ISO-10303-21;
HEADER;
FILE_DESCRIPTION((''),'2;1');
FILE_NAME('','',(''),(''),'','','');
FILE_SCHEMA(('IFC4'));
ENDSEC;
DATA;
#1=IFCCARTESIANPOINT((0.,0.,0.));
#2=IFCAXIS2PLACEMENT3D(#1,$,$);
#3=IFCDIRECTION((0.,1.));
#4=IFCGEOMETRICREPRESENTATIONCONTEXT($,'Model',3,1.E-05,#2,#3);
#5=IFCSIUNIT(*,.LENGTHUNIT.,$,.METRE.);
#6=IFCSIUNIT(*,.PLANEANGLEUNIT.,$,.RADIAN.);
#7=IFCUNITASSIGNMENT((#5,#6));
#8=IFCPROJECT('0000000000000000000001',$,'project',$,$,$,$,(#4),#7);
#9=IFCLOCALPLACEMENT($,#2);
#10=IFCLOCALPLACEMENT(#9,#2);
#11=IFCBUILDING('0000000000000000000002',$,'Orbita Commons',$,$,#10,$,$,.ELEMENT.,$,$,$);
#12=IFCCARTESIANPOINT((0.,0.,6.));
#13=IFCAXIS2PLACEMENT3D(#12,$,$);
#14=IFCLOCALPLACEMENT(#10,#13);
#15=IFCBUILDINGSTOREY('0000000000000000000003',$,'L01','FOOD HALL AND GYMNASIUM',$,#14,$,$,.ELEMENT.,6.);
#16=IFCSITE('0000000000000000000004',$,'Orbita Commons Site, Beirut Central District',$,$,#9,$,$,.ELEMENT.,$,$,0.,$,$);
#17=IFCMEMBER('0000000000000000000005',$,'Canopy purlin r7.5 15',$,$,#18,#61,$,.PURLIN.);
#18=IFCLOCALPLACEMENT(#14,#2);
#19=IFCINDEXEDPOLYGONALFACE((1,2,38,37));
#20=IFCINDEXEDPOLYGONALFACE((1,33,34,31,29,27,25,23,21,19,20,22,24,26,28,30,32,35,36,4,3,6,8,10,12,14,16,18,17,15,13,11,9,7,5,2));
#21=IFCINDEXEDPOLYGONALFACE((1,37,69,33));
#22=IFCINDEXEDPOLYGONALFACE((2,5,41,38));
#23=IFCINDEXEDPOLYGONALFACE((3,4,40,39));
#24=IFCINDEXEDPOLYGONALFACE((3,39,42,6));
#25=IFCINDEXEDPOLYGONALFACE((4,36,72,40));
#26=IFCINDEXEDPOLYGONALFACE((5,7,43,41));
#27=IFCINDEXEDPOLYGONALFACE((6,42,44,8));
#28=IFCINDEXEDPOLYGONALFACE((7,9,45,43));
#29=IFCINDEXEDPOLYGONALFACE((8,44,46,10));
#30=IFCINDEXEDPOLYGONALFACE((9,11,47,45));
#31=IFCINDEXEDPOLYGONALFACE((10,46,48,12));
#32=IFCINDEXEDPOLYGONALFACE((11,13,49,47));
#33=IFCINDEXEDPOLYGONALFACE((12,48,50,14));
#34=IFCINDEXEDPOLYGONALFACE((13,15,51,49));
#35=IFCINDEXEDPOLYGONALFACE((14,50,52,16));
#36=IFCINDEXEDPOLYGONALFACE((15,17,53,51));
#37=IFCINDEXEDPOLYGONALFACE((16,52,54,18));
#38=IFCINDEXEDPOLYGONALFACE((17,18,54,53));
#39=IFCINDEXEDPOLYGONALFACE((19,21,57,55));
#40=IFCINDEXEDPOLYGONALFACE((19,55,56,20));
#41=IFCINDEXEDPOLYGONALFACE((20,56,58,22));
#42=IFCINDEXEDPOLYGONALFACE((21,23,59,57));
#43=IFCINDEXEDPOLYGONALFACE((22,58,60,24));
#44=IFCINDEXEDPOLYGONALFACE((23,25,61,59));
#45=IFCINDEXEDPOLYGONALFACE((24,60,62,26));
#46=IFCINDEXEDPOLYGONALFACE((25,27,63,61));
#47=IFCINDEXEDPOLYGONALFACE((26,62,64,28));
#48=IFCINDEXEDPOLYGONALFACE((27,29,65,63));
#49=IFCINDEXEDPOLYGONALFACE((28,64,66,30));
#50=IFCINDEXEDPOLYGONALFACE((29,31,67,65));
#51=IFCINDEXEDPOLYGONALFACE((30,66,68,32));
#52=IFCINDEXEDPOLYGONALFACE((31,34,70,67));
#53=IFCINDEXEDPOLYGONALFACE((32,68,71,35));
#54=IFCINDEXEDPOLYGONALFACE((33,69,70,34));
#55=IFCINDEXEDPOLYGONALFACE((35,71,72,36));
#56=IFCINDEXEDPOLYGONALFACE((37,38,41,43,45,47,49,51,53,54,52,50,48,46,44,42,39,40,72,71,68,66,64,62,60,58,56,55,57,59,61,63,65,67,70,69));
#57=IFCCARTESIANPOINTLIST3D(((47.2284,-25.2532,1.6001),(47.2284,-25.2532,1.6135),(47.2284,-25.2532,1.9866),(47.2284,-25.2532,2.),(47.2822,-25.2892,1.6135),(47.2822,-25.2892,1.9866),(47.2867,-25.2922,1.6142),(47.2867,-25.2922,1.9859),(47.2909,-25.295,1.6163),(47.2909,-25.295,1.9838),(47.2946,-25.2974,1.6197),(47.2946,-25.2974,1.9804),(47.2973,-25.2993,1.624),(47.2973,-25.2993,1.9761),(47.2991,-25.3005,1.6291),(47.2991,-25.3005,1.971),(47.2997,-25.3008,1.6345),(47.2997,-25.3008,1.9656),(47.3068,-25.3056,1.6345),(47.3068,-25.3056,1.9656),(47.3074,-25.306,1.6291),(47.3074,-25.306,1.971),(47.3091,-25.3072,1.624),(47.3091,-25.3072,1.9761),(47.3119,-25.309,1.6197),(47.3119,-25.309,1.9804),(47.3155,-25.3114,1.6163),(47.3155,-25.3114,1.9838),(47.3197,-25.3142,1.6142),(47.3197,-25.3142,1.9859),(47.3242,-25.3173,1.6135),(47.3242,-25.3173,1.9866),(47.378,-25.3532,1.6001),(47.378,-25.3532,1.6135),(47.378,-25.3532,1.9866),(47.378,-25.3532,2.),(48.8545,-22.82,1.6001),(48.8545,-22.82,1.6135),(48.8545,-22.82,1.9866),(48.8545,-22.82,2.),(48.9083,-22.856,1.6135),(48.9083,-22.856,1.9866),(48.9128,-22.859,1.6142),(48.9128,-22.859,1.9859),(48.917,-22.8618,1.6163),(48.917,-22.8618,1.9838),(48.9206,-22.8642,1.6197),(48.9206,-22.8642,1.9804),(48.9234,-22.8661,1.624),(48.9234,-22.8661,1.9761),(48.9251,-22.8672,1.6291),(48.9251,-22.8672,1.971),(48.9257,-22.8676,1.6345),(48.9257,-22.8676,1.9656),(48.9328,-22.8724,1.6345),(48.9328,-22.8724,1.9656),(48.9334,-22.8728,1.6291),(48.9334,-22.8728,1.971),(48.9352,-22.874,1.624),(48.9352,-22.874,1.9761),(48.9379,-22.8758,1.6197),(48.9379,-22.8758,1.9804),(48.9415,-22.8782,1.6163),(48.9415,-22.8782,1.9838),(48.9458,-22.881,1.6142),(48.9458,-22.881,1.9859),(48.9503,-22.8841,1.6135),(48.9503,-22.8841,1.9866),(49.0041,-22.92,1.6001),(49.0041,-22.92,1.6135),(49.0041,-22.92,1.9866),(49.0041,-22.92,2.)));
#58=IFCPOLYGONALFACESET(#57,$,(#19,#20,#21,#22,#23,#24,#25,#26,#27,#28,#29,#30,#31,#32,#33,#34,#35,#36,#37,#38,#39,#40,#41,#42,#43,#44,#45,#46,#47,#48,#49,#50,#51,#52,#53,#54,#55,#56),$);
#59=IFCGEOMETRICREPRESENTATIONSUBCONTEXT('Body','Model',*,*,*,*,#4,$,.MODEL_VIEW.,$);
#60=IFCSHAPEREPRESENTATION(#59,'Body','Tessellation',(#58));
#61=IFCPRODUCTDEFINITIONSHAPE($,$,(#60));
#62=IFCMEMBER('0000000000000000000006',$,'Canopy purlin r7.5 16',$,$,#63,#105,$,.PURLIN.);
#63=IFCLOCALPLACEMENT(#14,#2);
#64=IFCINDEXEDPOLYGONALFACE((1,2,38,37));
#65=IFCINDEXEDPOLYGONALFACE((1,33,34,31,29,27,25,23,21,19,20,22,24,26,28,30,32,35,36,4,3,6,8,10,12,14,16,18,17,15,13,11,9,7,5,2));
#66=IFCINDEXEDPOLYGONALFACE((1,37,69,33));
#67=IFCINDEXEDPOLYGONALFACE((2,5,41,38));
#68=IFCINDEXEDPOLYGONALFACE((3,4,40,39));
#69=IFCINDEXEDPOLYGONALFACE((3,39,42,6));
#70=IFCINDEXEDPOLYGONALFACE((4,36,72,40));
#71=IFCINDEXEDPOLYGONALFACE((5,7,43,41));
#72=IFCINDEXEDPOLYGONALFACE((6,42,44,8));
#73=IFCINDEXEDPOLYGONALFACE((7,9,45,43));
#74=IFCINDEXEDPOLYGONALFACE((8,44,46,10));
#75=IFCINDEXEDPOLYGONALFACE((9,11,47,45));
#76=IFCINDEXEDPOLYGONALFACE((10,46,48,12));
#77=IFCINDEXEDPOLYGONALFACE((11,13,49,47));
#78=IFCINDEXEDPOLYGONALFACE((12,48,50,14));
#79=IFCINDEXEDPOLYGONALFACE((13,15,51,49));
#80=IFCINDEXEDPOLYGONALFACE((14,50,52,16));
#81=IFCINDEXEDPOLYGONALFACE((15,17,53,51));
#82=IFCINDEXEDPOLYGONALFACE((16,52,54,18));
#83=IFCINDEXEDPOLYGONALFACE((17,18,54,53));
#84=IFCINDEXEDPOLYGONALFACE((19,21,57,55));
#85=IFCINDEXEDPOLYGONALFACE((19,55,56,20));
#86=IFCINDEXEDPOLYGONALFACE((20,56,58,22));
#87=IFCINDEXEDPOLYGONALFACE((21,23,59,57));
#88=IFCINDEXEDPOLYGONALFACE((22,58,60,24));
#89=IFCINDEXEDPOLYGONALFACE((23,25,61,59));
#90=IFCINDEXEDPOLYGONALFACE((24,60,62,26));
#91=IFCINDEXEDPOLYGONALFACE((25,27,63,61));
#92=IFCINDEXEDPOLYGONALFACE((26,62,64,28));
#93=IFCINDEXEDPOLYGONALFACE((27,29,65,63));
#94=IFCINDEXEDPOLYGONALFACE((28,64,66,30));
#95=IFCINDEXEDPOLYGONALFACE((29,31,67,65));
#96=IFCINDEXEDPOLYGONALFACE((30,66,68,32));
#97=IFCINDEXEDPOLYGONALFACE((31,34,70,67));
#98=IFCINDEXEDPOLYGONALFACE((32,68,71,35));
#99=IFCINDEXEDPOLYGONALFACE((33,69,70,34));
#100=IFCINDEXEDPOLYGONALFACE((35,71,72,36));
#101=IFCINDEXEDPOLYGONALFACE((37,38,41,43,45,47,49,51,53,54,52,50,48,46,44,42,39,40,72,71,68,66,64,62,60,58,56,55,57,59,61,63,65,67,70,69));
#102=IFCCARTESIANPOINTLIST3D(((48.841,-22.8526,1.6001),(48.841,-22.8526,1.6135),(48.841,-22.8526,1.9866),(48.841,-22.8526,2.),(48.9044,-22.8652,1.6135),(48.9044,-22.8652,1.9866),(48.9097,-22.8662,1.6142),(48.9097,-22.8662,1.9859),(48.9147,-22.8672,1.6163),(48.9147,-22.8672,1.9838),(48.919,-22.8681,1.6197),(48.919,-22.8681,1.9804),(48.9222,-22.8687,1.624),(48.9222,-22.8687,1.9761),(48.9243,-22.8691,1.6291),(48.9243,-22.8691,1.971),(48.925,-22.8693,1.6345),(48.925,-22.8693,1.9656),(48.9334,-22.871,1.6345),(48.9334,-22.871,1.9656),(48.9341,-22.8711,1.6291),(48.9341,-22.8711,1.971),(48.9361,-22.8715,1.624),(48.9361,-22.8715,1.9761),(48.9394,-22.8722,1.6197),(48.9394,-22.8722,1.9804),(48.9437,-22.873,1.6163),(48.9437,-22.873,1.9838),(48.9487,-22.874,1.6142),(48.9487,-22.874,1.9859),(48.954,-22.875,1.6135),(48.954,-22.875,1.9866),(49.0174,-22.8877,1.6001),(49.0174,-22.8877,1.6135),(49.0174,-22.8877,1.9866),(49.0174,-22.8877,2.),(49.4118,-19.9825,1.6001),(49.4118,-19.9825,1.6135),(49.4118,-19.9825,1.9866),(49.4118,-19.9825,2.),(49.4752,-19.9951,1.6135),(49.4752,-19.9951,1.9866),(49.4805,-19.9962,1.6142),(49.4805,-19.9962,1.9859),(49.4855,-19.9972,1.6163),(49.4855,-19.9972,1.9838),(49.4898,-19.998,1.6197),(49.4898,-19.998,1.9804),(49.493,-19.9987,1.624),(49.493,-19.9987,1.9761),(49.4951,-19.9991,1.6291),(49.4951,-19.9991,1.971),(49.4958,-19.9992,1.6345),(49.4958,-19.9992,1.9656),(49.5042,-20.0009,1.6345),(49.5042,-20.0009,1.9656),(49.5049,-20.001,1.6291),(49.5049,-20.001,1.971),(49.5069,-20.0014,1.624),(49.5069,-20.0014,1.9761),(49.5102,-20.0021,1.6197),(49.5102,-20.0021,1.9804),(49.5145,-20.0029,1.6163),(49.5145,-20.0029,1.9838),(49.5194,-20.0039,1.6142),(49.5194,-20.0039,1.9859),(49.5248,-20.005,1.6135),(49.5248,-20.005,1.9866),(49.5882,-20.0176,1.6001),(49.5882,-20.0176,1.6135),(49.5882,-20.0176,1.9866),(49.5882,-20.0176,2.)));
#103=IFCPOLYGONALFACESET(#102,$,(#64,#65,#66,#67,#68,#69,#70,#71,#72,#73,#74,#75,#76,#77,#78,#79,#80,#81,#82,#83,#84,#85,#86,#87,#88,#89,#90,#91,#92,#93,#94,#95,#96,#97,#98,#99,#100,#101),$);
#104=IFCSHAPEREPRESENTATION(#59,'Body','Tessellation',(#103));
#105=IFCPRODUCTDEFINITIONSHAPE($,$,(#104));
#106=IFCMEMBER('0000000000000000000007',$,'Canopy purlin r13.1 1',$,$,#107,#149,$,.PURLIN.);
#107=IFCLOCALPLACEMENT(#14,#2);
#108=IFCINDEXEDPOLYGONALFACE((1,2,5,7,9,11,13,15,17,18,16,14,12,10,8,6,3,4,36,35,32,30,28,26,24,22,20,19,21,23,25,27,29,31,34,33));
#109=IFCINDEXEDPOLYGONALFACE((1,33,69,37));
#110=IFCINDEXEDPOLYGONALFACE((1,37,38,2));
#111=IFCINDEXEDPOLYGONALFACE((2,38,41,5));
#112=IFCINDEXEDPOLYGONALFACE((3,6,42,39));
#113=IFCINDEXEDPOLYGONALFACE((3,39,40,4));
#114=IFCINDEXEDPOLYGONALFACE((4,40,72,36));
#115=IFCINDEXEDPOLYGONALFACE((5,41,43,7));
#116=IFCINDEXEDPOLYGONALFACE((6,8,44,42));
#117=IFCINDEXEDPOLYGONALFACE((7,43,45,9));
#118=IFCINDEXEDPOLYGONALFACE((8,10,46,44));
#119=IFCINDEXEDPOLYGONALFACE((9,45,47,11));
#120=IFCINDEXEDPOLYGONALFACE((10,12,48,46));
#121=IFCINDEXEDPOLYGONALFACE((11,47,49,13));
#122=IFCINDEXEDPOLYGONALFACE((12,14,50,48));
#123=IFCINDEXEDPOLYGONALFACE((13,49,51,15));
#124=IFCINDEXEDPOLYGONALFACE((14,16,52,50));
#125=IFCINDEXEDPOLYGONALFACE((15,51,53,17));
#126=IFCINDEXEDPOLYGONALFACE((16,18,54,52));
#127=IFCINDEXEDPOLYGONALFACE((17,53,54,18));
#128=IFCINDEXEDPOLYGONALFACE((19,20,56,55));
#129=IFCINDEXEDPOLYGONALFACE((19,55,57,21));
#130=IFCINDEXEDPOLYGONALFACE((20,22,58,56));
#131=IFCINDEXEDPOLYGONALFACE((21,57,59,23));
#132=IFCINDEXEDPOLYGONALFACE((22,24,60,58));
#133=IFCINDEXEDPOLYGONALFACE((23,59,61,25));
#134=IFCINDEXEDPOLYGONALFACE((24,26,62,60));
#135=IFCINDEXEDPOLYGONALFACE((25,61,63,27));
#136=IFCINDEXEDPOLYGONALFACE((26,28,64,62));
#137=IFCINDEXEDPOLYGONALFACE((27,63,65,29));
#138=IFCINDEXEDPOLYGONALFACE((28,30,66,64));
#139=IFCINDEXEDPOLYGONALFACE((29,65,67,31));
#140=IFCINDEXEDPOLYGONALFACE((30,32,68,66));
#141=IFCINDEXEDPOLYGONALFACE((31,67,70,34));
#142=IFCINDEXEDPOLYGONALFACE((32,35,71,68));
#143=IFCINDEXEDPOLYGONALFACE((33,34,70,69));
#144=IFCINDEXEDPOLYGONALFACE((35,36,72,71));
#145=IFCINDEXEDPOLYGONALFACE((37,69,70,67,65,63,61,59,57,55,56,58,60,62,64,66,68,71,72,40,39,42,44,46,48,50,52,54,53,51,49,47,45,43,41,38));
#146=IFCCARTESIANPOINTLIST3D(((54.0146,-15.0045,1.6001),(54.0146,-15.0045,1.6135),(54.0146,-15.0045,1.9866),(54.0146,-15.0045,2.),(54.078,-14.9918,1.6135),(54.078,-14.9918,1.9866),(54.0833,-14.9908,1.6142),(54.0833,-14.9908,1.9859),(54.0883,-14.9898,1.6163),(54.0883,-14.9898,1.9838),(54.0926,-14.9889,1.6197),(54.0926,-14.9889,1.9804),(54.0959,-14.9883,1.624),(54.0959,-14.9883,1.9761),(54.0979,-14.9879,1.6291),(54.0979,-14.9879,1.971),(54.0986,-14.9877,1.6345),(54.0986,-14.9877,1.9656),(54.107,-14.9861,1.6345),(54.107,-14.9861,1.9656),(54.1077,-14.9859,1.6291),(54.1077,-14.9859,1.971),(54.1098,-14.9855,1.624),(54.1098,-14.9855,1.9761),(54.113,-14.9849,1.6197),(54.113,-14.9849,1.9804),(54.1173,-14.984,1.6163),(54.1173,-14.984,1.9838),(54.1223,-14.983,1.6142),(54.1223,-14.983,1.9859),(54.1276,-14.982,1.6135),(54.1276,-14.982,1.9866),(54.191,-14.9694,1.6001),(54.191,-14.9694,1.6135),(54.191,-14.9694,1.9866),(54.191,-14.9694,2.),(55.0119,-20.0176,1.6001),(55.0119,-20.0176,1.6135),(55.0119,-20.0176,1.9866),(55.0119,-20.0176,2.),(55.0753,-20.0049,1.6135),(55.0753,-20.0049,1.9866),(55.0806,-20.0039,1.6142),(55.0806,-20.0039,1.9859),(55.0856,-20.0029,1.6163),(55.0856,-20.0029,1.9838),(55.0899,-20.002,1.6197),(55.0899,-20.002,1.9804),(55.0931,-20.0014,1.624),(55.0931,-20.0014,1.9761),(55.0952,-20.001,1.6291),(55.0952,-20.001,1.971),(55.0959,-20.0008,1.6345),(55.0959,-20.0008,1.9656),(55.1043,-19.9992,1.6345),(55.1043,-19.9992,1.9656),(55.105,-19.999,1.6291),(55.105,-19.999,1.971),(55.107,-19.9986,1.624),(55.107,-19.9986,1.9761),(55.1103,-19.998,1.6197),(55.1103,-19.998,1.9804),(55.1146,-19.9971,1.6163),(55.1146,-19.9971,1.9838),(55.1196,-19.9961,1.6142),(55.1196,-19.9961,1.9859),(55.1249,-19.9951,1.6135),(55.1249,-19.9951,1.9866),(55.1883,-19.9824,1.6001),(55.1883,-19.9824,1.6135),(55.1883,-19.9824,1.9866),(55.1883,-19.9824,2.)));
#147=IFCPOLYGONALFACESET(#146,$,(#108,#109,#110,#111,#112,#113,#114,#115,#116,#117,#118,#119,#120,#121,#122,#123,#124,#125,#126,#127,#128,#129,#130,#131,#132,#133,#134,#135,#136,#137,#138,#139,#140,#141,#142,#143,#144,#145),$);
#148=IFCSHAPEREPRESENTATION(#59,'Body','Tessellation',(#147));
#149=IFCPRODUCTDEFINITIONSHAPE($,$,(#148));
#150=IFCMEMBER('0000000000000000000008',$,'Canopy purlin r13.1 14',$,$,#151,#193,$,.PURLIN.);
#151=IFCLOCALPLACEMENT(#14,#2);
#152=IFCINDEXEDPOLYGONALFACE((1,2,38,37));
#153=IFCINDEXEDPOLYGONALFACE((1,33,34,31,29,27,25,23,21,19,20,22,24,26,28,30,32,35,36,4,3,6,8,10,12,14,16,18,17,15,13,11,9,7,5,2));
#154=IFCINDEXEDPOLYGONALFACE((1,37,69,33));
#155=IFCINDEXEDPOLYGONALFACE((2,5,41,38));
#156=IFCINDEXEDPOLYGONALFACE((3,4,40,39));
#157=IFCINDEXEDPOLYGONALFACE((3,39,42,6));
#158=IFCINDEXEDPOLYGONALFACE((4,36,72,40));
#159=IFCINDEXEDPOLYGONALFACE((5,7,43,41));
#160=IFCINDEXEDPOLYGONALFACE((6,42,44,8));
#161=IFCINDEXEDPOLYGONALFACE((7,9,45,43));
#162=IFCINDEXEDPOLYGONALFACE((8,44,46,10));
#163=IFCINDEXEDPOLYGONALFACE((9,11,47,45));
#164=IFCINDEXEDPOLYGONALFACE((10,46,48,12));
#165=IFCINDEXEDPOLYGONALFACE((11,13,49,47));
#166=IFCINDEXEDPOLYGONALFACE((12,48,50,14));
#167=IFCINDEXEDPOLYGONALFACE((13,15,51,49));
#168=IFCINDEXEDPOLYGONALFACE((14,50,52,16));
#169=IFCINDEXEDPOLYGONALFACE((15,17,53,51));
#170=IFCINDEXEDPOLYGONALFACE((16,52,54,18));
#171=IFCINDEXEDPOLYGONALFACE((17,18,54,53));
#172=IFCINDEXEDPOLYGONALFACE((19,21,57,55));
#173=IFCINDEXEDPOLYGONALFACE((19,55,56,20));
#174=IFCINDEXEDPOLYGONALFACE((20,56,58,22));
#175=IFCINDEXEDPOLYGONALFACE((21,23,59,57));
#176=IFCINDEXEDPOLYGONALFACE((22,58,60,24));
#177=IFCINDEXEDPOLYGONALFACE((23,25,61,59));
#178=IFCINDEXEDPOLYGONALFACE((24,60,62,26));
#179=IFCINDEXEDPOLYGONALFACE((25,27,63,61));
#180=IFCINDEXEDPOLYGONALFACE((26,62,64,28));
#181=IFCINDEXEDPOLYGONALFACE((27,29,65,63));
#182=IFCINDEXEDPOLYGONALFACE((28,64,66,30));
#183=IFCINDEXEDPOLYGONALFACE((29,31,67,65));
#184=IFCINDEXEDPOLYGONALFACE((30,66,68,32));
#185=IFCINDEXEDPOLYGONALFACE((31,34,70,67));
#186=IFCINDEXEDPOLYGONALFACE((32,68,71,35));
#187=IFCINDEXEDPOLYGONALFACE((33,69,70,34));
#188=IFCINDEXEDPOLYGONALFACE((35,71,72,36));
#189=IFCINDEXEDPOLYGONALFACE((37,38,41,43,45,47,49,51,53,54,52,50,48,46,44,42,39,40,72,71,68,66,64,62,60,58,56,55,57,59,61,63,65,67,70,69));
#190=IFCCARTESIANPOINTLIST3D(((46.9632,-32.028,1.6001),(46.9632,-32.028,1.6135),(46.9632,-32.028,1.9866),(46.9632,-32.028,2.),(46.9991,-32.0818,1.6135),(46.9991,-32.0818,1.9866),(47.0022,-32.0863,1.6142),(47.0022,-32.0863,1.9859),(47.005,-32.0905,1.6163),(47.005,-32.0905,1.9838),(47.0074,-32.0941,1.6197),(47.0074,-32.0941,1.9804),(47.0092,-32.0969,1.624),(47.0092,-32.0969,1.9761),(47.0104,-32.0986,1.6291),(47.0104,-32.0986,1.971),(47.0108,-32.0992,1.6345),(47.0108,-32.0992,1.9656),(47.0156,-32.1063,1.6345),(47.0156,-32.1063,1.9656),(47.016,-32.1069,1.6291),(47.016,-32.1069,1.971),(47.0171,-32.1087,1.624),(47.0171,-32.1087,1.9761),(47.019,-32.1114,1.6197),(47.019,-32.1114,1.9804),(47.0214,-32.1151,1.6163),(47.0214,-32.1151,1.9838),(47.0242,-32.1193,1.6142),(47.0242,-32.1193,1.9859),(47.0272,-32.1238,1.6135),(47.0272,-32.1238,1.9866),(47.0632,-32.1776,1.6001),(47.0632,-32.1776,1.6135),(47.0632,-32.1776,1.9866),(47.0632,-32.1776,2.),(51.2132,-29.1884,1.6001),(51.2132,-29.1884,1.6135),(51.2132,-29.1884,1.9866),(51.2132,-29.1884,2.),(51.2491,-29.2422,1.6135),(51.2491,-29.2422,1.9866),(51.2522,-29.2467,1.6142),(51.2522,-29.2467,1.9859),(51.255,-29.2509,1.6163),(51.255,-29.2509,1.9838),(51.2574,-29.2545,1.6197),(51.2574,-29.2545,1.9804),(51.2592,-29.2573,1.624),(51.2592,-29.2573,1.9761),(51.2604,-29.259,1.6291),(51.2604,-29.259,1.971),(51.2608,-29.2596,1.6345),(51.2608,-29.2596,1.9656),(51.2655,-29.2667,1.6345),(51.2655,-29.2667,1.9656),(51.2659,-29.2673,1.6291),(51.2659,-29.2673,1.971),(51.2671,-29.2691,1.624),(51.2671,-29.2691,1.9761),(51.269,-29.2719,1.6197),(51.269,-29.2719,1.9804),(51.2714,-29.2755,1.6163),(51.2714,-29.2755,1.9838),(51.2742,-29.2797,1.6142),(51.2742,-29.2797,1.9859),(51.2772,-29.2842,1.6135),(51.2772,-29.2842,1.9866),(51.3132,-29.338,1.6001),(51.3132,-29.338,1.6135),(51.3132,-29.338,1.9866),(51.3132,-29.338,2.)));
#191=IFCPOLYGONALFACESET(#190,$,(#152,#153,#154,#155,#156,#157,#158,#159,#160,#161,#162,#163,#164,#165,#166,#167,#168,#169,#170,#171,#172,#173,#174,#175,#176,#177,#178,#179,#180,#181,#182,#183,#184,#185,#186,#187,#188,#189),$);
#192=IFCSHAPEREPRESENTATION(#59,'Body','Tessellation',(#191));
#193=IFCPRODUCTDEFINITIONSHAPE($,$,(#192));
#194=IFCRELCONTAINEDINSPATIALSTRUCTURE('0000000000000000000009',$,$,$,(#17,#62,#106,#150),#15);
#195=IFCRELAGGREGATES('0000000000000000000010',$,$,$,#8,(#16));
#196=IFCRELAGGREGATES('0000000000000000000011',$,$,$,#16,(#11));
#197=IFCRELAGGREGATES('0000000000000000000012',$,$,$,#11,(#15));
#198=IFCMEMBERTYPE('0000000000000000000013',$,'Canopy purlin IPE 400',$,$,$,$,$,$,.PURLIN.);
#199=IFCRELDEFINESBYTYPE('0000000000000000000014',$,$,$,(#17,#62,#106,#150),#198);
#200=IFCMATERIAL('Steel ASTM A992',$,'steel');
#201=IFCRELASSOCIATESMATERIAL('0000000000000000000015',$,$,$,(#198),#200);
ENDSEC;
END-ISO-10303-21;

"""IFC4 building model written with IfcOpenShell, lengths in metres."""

from ifc_helpers import new_model, si_unit, direction, frame, origin, origin_2d, place, context, subcontext, project, spatial, i_section, extrude, material, material_profile, profile_set, type_object, element, save


model = new_model("IFC4")

# Units and contexts
model_context = context("Model", 3, precision=1e-05, world=origin(), true_north=direction((0.0, 1.0)))
body_context = subcontext(model_context, "Body", "Model", "MODEL_VIEW")
ifc_project = project(units=[si_unit("LENGTHUNIT", "METRE"), si_unit("PLANEANGLEUNIT", "RADIAN")], contexts=[model_context])

# Site, building, storey
site_placement = place(None, origin())
site = spatial("IfcSite", under=ifc_project, at=site_placement, Name="Orbita Commons Site, Beirut Central District", CompositionType="ELEMENT", RefElevation=0.0)
building_placement = place(site_placement, origin())
building = spatial("IfcBuilding", under=site, at=building_placement, Name="Orbita Commons", CompositionType="ELEMENT")
storey_placement = place(building_placement, frame((0.0, 0.0, 6.0)))
storey = spatial("IfcBuildingStorey", under=building, at=storey_placement, Name="L01", Description="FOOD HALL AND GYMNASIUM", CompositionType="ELEMENT", Elevation=6.0)

# Members
ifc_material_1 = material(Name="Steel ASTM A992", Category="steel")
ifc_material_profile_1 = material_profile(ifc_material_1, i_section(OverallWidth=0.1799, OverallDepth=0.3999, WebThickness=0.0085, FlangeThickness=0.0134, FilletRadius=0.021, at=origin_2d()), Name="IPE 400")
ifc_profile_set_1 = profile_set([ifc_material_profile_1], Name="Steel ASTM A992")
member_type_1 = type_object("IfcMemberType", Name="Canopy purlin IPE 400", PredefinedType="PURLIN", material=ifc_profile_set_1)
for number, where, z_axis, x_axis, name in (
    (1, (47.3032, -25.3032, 1.8), (0.555624, 0.831434, 0.0), (-0.831434, 0.555624, 0.0), "Canopy purlin r7.5 15"),
):
    element("IfcMember", number, at=place(storey_placement, frame(where, z_axis=z_axis, x_axis=x_axis)), inside=storey, type_object=member_type_1, Name=name, PredefinedType="PURLIN", context=body_context, shape_type="SweptSolid", body=[
        extrude(i_section(OverallWidth=0.1799, OverallDepth=0.3999, WebThickness=0.0085, FlangeThickness=0.0134, FilletRadius=0.021, at=origin_2d()), origin(), (0.0, 0.0, 1.0), 2.9265),
    ])
member_1_placement = place(storey_placement, frame((48.9292, -22.8701, 1.8), z_axis=(0.195057, 0.980792, 0.0), x_axis=(-0.980792, 0.195057, 0.0)))
element("IfcMember", 2, at=member_1_placement, inside=storey, type_object=member_type_1, Name="Canopy purlin r7.5 16", PredefinedType="PURLIN", context=body_context, shape_type="SweptSolid", body=[
    extrude(i_section(OverallWidth=0.1799, OverallDepth=0.3999, WebThickness=0.0085, FlangeThickness=0.0134, FilletRadius=0.021, at=origin_2d()), origin(), (0.0, 0.0, 1.0), 2.9263),
])
for number, where, z_axis, x_axis, name in (
    (3, (55.1001, -20.0, 1.8), (-0.195115, 0.98078, 0.0), (-0.98078, -0.195115, 0.0), "Canopy purlin r13.1 1"),
    (4, (47.0132, -32.1028, 1.8), (0.831484, 0.555549, 0.0), (-0.555549, 0.831484, 0.0), "Canopy purlin r13.1 14"),
):
    element("IfcMember", number, at=place(storey_placement, frame(where, z_axis=z_axis, x_axis=x_axis)), inside=storey, type_object=member_type_1, Name=name, PredefinedType="PURLIN", context=body_context, shape_type="SweptSolid", body=[
        extrude(i_section(OverallWidth=0.1799, OverallDepth=0.3999, WebThickness=0.0085, FlangeThickness=0.0134, FilletRadius=0.021, at=origin_2d()), origin(), (0.0, 0.0, 1.0), 5.1113),
    ])

save(model, "model.ifc")
